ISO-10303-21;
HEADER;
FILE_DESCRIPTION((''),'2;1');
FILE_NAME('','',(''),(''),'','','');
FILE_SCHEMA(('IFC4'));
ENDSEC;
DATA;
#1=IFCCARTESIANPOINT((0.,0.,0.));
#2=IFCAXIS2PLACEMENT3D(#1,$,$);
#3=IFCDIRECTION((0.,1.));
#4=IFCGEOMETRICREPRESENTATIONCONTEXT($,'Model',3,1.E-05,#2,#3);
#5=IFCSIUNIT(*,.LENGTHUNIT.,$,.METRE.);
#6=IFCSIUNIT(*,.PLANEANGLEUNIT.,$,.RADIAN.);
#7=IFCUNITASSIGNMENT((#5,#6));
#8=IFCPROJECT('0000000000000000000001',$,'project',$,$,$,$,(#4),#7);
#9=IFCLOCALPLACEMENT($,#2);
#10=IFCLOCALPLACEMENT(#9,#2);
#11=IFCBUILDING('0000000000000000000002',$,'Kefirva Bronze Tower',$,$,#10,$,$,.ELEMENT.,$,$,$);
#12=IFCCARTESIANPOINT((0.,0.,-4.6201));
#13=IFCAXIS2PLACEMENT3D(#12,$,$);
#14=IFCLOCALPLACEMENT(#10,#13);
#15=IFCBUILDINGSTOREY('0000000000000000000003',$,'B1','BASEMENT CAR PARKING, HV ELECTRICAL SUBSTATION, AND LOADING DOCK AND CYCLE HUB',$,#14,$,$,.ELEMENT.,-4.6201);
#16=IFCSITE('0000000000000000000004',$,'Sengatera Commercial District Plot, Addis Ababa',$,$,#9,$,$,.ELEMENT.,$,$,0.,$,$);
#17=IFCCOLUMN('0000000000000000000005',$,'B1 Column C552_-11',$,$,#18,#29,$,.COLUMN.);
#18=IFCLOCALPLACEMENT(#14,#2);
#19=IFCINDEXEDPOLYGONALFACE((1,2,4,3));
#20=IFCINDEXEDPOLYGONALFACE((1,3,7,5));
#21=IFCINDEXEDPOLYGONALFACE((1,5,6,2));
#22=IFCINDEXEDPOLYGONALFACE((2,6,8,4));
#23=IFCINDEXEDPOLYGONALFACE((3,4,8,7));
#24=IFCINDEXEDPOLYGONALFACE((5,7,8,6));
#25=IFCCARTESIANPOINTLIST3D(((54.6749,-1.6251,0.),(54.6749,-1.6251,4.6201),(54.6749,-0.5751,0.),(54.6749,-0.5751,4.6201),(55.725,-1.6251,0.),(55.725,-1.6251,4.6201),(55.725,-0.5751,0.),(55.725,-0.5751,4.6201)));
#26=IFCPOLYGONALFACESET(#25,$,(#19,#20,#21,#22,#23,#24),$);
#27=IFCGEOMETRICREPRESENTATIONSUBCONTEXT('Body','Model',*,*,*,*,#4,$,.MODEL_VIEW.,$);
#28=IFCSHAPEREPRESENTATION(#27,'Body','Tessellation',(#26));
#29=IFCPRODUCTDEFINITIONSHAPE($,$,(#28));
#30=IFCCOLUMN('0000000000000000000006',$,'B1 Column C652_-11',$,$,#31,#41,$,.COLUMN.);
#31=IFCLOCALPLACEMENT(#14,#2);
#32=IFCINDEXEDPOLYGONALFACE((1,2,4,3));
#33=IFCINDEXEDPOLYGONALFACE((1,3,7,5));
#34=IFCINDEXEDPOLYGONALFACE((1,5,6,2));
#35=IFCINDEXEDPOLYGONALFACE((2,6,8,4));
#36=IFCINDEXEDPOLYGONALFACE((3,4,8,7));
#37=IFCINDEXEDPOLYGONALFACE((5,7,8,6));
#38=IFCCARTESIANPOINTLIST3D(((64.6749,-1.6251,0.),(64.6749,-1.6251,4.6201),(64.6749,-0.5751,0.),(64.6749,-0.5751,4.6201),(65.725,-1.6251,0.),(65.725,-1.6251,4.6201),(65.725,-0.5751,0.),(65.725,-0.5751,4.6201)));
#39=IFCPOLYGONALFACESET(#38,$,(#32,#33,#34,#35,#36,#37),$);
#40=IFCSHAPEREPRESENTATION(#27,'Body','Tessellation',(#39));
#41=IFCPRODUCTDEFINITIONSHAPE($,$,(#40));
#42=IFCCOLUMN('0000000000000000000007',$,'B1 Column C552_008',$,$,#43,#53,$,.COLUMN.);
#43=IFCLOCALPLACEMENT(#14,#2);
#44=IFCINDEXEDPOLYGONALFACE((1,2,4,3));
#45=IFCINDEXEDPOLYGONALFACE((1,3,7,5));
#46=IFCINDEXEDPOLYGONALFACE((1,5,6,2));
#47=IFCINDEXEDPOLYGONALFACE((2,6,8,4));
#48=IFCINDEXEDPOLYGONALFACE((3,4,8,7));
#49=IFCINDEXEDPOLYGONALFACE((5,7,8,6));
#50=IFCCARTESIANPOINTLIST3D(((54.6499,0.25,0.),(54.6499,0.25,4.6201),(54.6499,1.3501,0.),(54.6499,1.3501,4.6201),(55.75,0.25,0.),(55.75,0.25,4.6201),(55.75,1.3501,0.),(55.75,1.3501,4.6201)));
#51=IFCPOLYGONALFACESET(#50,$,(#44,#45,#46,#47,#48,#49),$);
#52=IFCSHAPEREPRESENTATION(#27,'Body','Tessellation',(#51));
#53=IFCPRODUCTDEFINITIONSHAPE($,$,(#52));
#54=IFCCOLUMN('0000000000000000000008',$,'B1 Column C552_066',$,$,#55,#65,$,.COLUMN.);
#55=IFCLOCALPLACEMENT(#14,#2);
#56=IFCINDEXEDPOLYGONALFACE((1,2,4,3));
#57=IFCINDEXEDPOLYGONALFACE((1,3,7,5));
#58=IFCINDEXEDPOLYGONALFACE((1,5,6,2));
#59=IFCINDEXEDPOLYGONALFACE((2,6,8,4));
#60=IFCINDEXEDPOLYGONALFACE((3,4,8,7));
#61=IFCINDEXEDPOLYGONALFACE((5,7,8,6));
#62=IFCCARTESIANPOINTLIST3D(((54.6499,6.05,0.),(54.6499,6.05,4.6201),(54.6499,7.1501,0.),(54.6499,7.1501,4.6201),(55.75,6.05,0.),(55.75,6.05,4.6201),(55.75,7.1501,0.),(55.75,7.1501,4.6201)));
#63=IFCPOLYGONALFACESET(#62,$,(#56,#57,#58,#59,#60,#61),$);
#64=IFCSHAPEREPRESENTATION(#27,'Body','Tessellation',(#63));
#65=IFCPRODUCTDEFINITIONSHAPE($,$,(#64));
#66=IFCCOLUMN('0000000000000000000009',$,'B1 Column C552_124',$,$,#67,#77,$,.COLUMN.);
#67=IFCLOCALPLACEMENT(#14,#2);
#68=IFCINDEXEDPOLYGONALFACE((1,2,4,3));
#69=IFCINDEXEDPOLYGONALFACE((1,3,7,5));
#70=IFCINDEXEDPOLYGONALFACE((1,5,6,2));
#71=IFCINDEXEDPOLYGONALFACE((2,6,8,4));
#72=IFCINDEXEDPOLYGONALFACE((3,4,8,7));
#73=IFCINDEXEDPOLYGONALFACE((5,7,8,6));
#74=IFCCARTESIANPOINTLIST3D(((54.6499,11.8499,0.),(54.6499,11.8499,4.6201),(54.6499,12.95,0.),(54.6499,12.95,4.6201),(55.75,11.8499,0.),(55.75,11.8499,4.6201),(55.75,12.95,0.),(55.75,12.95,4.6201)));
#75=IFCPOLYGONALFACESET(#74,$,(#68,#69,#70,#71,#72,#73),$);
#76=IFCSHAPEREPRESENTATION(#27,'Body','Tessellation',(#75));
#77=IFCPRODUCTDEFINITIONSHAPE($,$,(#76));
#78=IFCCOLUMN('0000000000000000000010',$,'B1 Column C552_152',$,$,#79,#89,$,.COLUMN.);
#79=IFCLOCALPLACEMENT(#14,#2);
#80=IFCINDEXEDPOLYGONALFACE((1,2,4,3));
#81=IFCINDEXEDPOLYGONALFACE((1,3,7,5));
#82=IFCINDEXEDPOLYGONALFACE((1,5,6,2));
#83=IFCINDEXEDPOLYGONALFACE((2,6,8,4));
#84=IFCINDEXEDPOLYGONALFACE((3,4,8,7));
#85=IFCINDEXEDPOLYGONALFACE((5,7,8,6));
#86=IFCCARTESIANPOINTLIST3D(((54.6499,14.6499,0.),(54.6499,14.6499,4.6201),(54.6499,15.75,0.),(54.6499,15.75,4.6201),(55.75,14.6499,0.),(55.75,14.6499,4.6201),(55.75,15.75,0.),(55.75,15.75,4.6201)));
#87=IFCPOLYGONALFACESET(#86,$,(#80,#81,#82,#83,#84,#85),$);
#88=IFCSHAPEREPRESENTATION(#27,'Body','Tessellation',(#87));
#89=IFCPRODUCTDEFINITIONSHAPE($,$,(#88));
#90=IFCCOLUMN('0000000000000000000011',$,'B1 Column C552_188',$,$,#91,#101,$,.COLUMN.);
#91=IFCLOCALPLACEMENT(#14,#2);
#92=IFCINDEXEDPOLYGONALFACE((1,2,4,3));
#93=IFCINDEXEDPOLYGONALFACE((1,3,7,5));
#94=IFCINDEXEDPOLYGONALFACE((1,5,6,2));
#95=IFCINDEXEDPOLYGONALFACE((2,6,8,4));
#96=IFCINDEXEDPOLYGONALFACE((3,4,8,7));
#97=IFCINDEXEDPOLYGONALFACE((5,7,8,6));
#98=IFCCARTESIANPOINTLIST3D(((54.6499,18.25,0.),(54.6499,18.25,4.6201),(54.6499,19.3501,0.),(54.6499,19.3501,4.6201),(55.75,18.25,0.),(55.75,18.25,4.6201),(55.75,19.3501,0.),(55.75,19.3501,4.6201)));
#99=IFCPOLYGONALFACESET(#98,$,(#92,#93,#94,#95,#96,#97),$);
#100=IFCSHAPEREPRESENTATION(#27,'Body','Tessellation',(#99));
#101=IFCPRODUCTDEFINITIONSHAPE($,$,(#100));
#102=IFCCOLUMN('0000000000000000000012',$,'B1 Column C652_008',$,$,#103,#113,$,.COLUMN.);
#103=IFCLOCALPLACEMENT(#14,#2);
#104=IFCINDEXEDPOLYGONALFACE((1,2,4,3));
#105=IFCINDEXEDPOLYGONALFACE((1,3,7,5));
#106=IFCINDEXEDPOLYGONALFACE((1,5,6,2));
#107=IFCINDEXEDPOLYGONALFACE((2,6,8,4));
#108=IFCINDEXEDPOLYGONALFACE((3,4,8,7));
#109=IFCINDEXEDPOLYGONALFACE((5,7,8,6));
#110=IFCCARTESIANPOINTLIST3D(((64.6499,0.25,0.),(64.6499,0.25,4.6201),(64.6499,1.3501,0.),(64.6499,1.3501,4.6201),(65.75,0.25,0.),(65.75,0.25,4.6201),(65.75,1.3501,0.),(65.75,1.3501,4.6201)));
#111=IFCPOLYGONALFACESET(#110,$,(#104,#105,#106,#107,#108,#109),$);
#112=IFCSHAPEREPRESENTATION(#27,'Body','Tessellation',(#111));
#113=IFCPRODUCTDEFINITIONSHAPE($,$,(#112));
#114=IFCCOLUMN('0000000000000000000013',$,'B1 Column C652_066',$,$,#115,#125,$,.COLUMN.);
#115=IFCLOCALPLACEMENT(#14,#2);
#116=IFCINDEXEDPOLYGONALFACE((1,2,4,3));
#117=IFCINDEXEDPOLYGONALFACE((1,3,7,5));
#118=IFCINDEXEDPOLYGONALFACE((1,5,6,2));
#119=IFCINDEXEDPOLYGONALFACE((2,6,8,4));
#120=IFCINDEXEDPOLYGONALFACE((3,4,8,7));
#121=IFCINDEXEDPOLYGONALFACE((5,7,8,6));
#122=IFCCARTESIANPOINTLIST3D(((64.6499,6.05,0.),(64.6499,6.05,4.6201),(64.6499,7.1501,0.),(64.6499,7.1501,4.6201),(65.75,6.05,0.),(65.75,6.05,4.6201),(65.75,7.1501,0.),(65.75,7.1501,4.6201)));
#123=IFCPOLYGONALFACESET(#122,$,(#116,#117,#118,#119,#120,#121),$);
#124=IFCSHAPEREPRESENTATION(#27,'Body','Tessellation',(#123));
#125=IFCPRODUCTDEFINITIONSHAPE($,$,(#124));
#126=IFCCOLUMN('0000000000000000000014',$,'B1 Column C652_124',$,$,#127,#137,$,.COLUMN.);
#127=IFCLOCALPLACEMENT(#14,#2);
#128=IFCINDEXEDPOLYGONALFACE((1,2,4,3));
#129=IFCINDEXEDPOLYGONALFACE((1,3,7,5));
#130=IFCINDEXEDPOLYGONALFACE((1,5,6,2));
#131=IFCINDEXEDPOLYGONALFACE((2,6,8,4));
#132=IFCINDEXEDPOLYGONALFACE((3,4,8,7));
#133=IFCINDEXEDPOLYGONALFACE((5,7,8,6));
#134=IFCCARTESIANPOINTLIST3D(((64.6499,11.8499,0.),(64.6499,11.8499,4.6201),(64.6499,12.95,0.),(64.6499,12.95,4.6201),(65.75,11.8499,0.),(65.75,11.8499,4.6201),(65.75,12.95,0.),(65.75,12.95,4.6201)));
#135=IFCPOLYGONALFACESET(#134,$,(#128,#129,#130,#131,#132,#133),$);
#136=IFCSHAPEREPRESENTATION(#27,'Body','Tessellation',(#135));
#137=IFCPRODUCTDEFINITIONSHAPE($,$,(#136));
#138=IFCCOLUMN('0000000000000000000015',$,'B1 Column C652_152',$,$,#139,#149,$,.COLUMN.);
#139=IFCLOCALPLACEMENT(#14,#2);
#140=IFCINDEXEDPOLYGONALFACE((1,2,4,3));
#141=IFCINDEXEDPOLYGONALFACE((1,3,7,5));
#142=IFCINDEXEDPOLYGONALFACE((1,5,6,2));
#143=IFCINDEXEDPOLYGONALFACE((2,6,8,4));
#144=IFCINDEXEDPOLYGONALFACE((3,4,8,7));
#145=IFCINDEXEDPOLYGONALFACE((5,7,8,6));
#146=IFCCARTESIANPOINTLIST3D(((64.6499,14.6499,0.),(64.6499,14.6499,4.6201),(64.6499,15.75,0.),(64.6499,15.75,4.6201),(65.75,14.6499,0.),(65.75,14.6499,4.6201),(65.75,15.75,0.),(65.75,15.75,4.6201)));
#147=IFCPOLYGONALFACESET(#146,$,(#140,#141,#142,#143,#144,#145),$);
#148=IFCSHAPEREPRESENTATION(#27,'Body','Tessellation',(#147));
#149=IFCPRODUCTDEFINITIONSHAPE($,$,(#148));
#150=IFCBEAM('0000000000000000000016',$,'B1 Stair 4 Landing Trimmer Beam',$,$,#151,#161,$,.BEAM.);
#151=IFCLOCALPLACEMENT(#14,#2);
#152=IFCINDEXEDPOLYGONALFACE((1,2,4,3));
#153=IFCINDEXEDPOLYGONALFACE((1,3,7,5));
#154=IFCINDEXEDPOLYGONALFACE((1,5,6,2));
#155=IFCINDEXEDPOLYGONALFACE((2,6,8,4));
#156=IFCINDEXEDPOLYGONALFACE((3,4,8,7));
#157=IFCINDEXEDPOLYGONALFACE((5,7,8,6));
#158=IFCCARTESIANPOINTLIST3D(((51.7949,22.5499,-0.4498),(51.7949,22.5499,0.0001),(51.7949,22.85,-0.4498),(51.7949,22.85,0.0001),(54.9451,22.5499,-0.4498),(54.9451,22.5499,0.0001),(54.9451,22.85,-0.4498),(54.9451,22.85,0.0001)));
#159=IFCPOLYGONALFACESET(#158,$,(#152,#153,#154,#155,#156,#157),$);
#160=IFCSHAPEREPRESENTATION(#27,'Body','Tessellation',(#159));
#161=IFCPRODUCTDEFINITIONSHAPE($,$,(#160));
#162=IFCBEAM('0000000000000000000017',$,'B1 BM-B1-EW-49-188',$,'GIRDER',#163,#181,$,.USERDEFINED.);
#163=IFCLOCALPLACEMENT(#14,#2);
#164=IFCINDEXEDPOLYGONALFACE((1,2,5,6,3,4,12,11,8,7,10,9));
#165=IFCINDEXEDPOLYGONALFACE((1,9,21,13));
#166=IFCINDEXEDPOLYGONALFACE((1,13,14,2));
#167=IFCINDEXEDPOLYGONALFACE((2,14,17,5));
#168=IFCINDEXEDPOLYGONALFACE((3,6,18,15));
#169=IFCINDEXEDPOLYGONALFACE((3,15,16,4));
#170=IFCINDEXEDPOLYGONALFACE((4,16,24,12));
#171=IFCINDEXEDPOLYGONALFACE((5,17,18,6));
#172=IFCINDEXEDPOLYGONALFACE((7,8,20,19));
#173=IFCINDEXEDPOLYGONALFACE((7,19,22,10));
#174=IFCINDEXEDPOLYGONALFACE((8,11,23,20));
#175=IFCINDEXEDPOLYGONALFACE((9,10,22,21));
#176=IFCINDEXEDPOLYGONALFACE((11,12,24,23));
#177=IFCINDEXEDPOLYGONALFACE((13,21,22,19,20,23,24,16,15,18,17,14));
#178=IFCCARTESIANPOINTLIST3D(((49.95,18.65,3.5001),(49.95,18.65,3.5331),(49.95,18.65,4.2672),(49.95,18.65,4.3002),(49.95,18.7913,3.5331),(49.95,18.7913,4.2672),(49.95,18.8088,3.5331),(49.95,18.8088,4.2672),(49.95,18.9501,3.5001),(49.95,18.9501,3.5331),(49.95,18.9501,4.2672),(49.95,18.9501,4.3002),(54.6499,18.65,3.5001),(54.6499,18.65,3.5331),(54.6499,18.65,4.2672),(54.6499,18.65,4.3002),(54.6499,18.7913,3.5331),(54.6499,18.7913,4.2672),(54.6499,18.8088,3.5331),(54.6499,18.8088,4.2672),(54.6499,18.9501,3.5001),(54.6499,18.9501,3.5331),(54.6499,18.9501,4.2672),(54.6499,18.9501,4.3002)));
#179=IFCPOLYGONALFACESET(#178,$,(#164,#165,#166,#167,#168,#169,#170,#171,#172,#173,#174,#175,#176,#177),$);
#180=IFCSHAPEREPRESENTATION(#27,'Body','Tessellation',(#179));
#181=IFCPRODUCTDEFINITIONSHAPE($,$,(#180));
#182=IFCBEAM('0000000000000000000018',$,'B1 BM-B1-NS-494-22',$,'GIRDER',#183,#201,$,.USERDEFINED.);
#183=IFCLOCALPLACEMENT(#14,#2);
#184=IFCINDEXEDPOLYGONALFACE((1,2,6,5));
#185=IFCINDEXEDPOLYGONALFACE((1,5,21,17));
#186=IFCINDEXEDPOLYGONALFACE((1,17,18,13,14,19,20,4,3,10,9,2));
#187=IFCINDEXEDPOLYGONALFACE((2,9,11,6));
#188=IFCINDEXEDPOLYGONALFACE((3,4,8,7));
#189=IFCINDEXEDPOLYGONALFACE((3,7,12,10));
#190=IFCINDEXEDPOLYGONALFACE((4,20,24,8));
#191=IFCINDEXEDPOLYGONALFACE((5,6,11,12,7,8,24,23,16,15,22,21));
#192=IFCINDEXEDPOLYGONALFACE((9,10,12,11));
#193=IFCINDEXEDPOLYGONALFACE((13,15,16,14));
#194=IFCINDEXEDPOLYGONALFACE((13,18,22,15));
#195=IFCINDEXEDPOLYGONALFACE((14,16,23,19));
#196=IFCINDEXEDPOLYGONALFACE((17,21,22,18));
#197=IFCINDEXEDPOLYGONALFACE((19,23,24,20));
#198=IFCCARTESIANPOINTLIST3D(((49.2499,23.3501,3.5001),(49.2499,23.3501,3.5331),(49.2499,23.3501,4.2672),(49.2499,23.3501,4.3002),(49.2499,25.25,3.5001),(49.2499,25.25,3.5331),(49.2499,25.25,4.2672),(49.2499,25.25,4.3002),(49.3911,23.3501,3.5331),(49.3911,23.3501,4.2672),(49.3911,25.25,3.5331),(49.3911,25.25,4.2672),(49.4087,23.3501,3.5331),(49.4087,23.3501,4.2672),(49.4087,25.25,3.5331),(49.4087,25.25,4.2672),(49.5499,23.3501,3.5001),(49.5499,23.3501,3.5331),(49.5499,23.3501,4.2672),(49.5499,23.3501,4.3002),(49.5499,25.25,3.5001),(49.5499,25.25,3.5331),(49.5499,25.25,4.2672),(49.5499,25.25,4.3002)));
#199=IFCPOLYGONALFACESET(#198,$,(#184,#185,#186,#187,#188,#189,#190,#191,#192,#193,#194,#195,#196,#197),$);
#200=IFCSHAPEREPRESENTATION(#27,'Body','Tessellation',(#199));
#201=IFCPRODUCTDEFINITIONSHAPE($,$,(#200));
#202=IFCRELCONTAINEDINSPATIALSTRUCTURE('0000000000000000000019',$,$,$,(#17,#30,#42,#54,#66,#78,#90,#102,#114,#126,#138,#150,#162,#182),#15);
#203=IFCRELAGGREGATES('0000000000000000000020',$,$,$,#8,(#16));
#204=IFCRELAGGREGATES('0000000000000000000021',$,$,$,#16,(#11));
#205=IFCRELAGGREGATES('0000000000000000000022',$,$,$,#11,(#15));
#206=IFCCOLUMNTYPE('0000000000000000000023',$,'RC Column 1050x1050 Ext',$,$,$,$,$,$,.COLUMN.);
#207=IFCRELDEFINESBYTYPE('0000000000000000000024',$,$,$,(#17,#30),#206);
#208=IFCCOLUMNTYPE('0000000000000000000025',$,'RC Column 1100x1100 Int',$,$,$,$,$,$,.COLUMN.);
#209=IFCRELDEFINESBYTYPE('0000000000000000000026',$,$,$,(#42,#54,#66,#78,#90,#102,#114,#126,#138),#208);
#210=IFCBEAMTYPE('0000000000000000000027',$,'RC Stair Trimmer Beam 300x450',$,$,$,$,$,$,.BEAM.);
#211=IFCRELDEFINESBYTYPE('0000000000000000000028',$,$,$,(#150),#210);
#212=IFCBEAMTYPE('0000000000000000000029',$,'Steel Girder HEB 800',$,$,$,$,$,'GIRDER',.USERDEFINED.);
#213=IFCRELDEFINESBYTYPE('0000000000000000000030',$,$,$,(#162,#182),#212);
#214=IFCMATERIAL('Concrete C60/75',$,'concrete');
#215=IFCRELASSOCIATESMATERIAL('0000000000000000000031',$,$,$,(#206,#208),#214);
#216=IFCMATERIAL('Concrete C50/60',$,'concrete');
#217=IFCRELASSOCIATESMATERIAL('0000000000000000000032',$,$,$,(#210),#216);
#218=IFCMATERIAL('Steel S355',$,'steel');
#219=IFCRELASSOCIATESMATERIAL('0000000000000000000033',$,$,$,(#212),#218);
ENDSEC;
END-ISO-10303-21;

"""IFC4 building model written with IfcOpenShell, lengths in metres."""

from ifc_helpers import new_model, si_unit, direction, frame, origin, origin_2d, place, context, subcontext, project, spatial, rectangle, i_section, extrude, material, material_profile, profile_set, type_object, element, save


model = new_model("IFC4")

# Units and contexts
model_context = context("Model", 3, precision=1e-05, world=origin(), true_north=direction((0.0, 1.0)))
body_context = subcontext(model_context, "Body", "Model", "MODEL_VIEW")
ifc_project = project(units=[si_unit("LENGTHUNIT", "METRE"), si_unit("PLANEANGLEUNIT", "RADIAN")], contexts=[model_context])

# Site, building, storey
site_placement = place(None, origin())
site = spatial("IfcSite", under=ifc_project, at=site_placement, Name="Sengatera Commercial District Plot, Addis Ababa", CompositionType="ELEMENT", RefElevation=0.0)
building_placement = place(site_placement, origin())
building = spatial("IfcBuilding", under=site, at=building_placement, Name="Kefirva Bronze Tower", CompositionType="ELEMENT")
storey_placement = place(building_placement, frame((0.0, 0.0, -4.6201)))
storey = spatial("IfcBuildingStorey", under=building, at=storey_placement, Name="B1", Description="BASEMENT CAR PARKING, HV ELECTRICAL SUBSTATION, AND LOADING DOCK AND CYCLE HUB", CompositionType="ELEMENT", Elevation=-4.6201)

# Columns
ifc_material_1 = material(Name="Concrete C60/75", Category="concrete")
ifc_material_profile_1 = material_profile(ifc_material_1, rectangle(XDim=1.05, YDim=1.05, at=origin_2d()), Name="RC 1050x1050")
ifc_profile_set_1 = profile_set([ifc_material_profile_1], Name="Concrete C60/75")
column_type_1 = type_object("IfcColumnType", Name="RC Column 1050x1050 Ext", PredefinedType="COLUMN", material=ifc_profile_set_1)
for number, where, z_axis, x_axis, name in (
    (1, (55.2, -1.1001, 0.0), (0.0, 0.0, 1.0), (1.0, 0.0, 0.0), "B1 Column C552_-11"),
    (2, (65.2, -1.1001, 0.0), (0.0, 0.0, 1.0), (1.0, 0.0, 0.0), "B1 Column C652_-11"),
):
    element("IfcColumn", number, at=place(storey_placement, frame(where, z_axis=z_axis, x_axis=x_axis)), inside=storey, type_object=column_type_1, Name=name, PredefinedType="COLUMN", context=body_context, shape_type="SweptSolid", body=[
        extrude(rectangle(XDim=1.05, YDim=1.05, at=origin_2d()), origin(), (0.0, 0.0, 1.0), 4.6201),
    ])
ifc_material_profile_2 = material_profile(ifc_material_1, rectangle(XDim=1.1001, YDim=1.1001, at=origin_2d()), Name="RC 1100x1100")
ifc_profile_set_2 = profile_set([ifc_material_profile_2], Name="Concrete C60/75")
column_type_2 = type_object("IfcColumnType", Name="RC Column 1100x1100 Int", PredefinedType="COLUMN", material=ifc_profile_set_2)
for number, where, z_axis, x_axis, name in (
    (3, (55.2, 0.8, 0.0), (0.0, 0.0, 1.0), (1.0, 0.0, 0.0), "B1 Column C552_008"),
    (4, (55.2, 6.6001, 0.0), (0.0, 0.0, 1.0), (1.0, 0.0, 0.0), "B1 Column C552_066"),
    (5, (55.2, 12.3999, 0.0), (0.0, 0.0, 1.0), (1.0, 0.0, 0.0), "B1 Column C552_124"),
    (6, (55.2, 15.2, 0.0), (0.0, 0.0, 1.0), (1.0, 0.0, 0.0), "B1 Column C552_152"),
    (7, (55.2, 18.8, 0.0), (0.0, 0.0, 1.0), (1.0, 0.0, 0.0), "B1 Column C552_188"),
    (8, (65.2, 0.8, 0.0), (0.0, 0.0, 1.0), (1.0, 0.0, 0.0), "B1 Column C652_008"),
    (9, (65.2, 6.6001, 0.0), (0.0, 0.0, 1.0), (1.0, 0.0, 0.0), "B1 Column C652_066"),
    (10, (65.2, 12.3999, 0.0), (0.0, 0.0, 1.0), (1.0, 0.0, 0.0), "B1 Column C652_124"),
    (11, (65.2, 15.2, 0.0), (0.0, 0.0, 1.0), (1.0, 0.0, 0.0), "B1 Column C652_152"),
):
    element("IfcColumn", number, at=place(storey_placement, frame(where, z_axis=z_axis, x_axis=x_axis)), inside=storey, type_object=column_type_2, Name=name, PredefinedType="COLUMN", context=body_context, shape_type="SweptSolid", body=[
        extrude(rectangle(XDim=1.1001, YDim=1.1001, at=origin_2d()), origin(), (0.0, 0.0, 1.0), 4.6201),
    ])

# Beams
ifc_material_2 = material(Name="Concrete C50/60", Category="concrete")
ifc_material_profile_3 = material_profile(ifc_material_2, rectangle(XDim=0.3, YDim=0.45, at=origin_2d()), Name="RC 300x450")
ifc_profile_set_3 = profile_set([ifc_material_profile_3], Name="Concrete C50/60")
beam_type_1 = type_object("IfcBeamType", Name="RC Stair Trimmer Beam 300x450", PredefinedType="BEAM", material=ifc_profile_set_3)
beam_1_placement = place(storey_placement, frame((51.7949, 22.7, -0.2249), z_axis=(1.0, 0.0, 0.0), x_axis=(0.0, 1.0, 0.0)))
element("IfcBeam", 12, at=beam_1_placement, inside=storey, type_object=beam_type_1, Name="B1 Stair 4 Landing Trimmer Beam", PredefinedType="BEAM", context=body_context, shape_type="SweptSolid", body=[
    extrude(rectangle(XDim=0.3, YDim=0.45, at=origin_2d()), origin(), (0.0, 0.0, 1.0), 3.1501),
])
ifc_material_3 = material(Name="Steel S355", Category="steel")
ifc_material_profile_4 = material_profile(ifc_material_3, i_section(OverallWidth=0.3, OverallDepth=0.8, WebThickness=0.0176, FlangeThickness=0.033, at=origin_2d()), Name="HEB 800")
ifc_profile_set_4 = profile_set([ifc_material_profile_4], Name="Steel S355")
beam_type_2 = type_object("IfcBeamType", Name="Steel Girder HEB 800", ElementType="GIRDER", PredefinedType="USERDEFINED", material=ifc_profile_set_4)
beam_2_placement = place(storey_placement, frame((49.95, 18.8, 3.9001), z_axis=(1.0, 0.0, 0.0), x_axis=(0.0, 1.0, 0.0)))
element("IfcBeam", 13, at=beam_2_placement, inside=storey, type_object=beam_type_2, Name="B1 BM-B1-EW-49-188", ObjectType="GIRDER", PredefinedType="USERDEFINED", context=body_context, shape_type="SweptSolid", body=[
    extrude(i_section(OverallWidth=0.3, OverallDepth=0.8, WebThickness=0.0176, FlangeThickness=0.033, at=origin_2d()), origin(), (0.0, 0.0, 1.0), 4.7),
])
beam_3_placement = place(storey_placement, frame((49.3999, 23.3501, 3.9001), z_axis=(0.0, 1.0, 0.0), x_axis=(-1.0, 0.0, 0.0)))
element("IfcBeam", 14, at=beam_3_placement, inside=storey, type_object=beam_type_2, Name="B1 BM-B1-NS-494-22", ObjectType="GIRDER", PredefinedType="USERDEFINED", context=body_context, shape_type="SweptSolid", body=[
    extrude(i_section(OverallWidth=0.3, OverallDepth=0.8, WebThickness=0.0176, FlangeThickness=0.033, at=origin_2d()), origin(), (0.0, 0.0, 1.0), 1.8999),
])

save(model, "model.ifc")
